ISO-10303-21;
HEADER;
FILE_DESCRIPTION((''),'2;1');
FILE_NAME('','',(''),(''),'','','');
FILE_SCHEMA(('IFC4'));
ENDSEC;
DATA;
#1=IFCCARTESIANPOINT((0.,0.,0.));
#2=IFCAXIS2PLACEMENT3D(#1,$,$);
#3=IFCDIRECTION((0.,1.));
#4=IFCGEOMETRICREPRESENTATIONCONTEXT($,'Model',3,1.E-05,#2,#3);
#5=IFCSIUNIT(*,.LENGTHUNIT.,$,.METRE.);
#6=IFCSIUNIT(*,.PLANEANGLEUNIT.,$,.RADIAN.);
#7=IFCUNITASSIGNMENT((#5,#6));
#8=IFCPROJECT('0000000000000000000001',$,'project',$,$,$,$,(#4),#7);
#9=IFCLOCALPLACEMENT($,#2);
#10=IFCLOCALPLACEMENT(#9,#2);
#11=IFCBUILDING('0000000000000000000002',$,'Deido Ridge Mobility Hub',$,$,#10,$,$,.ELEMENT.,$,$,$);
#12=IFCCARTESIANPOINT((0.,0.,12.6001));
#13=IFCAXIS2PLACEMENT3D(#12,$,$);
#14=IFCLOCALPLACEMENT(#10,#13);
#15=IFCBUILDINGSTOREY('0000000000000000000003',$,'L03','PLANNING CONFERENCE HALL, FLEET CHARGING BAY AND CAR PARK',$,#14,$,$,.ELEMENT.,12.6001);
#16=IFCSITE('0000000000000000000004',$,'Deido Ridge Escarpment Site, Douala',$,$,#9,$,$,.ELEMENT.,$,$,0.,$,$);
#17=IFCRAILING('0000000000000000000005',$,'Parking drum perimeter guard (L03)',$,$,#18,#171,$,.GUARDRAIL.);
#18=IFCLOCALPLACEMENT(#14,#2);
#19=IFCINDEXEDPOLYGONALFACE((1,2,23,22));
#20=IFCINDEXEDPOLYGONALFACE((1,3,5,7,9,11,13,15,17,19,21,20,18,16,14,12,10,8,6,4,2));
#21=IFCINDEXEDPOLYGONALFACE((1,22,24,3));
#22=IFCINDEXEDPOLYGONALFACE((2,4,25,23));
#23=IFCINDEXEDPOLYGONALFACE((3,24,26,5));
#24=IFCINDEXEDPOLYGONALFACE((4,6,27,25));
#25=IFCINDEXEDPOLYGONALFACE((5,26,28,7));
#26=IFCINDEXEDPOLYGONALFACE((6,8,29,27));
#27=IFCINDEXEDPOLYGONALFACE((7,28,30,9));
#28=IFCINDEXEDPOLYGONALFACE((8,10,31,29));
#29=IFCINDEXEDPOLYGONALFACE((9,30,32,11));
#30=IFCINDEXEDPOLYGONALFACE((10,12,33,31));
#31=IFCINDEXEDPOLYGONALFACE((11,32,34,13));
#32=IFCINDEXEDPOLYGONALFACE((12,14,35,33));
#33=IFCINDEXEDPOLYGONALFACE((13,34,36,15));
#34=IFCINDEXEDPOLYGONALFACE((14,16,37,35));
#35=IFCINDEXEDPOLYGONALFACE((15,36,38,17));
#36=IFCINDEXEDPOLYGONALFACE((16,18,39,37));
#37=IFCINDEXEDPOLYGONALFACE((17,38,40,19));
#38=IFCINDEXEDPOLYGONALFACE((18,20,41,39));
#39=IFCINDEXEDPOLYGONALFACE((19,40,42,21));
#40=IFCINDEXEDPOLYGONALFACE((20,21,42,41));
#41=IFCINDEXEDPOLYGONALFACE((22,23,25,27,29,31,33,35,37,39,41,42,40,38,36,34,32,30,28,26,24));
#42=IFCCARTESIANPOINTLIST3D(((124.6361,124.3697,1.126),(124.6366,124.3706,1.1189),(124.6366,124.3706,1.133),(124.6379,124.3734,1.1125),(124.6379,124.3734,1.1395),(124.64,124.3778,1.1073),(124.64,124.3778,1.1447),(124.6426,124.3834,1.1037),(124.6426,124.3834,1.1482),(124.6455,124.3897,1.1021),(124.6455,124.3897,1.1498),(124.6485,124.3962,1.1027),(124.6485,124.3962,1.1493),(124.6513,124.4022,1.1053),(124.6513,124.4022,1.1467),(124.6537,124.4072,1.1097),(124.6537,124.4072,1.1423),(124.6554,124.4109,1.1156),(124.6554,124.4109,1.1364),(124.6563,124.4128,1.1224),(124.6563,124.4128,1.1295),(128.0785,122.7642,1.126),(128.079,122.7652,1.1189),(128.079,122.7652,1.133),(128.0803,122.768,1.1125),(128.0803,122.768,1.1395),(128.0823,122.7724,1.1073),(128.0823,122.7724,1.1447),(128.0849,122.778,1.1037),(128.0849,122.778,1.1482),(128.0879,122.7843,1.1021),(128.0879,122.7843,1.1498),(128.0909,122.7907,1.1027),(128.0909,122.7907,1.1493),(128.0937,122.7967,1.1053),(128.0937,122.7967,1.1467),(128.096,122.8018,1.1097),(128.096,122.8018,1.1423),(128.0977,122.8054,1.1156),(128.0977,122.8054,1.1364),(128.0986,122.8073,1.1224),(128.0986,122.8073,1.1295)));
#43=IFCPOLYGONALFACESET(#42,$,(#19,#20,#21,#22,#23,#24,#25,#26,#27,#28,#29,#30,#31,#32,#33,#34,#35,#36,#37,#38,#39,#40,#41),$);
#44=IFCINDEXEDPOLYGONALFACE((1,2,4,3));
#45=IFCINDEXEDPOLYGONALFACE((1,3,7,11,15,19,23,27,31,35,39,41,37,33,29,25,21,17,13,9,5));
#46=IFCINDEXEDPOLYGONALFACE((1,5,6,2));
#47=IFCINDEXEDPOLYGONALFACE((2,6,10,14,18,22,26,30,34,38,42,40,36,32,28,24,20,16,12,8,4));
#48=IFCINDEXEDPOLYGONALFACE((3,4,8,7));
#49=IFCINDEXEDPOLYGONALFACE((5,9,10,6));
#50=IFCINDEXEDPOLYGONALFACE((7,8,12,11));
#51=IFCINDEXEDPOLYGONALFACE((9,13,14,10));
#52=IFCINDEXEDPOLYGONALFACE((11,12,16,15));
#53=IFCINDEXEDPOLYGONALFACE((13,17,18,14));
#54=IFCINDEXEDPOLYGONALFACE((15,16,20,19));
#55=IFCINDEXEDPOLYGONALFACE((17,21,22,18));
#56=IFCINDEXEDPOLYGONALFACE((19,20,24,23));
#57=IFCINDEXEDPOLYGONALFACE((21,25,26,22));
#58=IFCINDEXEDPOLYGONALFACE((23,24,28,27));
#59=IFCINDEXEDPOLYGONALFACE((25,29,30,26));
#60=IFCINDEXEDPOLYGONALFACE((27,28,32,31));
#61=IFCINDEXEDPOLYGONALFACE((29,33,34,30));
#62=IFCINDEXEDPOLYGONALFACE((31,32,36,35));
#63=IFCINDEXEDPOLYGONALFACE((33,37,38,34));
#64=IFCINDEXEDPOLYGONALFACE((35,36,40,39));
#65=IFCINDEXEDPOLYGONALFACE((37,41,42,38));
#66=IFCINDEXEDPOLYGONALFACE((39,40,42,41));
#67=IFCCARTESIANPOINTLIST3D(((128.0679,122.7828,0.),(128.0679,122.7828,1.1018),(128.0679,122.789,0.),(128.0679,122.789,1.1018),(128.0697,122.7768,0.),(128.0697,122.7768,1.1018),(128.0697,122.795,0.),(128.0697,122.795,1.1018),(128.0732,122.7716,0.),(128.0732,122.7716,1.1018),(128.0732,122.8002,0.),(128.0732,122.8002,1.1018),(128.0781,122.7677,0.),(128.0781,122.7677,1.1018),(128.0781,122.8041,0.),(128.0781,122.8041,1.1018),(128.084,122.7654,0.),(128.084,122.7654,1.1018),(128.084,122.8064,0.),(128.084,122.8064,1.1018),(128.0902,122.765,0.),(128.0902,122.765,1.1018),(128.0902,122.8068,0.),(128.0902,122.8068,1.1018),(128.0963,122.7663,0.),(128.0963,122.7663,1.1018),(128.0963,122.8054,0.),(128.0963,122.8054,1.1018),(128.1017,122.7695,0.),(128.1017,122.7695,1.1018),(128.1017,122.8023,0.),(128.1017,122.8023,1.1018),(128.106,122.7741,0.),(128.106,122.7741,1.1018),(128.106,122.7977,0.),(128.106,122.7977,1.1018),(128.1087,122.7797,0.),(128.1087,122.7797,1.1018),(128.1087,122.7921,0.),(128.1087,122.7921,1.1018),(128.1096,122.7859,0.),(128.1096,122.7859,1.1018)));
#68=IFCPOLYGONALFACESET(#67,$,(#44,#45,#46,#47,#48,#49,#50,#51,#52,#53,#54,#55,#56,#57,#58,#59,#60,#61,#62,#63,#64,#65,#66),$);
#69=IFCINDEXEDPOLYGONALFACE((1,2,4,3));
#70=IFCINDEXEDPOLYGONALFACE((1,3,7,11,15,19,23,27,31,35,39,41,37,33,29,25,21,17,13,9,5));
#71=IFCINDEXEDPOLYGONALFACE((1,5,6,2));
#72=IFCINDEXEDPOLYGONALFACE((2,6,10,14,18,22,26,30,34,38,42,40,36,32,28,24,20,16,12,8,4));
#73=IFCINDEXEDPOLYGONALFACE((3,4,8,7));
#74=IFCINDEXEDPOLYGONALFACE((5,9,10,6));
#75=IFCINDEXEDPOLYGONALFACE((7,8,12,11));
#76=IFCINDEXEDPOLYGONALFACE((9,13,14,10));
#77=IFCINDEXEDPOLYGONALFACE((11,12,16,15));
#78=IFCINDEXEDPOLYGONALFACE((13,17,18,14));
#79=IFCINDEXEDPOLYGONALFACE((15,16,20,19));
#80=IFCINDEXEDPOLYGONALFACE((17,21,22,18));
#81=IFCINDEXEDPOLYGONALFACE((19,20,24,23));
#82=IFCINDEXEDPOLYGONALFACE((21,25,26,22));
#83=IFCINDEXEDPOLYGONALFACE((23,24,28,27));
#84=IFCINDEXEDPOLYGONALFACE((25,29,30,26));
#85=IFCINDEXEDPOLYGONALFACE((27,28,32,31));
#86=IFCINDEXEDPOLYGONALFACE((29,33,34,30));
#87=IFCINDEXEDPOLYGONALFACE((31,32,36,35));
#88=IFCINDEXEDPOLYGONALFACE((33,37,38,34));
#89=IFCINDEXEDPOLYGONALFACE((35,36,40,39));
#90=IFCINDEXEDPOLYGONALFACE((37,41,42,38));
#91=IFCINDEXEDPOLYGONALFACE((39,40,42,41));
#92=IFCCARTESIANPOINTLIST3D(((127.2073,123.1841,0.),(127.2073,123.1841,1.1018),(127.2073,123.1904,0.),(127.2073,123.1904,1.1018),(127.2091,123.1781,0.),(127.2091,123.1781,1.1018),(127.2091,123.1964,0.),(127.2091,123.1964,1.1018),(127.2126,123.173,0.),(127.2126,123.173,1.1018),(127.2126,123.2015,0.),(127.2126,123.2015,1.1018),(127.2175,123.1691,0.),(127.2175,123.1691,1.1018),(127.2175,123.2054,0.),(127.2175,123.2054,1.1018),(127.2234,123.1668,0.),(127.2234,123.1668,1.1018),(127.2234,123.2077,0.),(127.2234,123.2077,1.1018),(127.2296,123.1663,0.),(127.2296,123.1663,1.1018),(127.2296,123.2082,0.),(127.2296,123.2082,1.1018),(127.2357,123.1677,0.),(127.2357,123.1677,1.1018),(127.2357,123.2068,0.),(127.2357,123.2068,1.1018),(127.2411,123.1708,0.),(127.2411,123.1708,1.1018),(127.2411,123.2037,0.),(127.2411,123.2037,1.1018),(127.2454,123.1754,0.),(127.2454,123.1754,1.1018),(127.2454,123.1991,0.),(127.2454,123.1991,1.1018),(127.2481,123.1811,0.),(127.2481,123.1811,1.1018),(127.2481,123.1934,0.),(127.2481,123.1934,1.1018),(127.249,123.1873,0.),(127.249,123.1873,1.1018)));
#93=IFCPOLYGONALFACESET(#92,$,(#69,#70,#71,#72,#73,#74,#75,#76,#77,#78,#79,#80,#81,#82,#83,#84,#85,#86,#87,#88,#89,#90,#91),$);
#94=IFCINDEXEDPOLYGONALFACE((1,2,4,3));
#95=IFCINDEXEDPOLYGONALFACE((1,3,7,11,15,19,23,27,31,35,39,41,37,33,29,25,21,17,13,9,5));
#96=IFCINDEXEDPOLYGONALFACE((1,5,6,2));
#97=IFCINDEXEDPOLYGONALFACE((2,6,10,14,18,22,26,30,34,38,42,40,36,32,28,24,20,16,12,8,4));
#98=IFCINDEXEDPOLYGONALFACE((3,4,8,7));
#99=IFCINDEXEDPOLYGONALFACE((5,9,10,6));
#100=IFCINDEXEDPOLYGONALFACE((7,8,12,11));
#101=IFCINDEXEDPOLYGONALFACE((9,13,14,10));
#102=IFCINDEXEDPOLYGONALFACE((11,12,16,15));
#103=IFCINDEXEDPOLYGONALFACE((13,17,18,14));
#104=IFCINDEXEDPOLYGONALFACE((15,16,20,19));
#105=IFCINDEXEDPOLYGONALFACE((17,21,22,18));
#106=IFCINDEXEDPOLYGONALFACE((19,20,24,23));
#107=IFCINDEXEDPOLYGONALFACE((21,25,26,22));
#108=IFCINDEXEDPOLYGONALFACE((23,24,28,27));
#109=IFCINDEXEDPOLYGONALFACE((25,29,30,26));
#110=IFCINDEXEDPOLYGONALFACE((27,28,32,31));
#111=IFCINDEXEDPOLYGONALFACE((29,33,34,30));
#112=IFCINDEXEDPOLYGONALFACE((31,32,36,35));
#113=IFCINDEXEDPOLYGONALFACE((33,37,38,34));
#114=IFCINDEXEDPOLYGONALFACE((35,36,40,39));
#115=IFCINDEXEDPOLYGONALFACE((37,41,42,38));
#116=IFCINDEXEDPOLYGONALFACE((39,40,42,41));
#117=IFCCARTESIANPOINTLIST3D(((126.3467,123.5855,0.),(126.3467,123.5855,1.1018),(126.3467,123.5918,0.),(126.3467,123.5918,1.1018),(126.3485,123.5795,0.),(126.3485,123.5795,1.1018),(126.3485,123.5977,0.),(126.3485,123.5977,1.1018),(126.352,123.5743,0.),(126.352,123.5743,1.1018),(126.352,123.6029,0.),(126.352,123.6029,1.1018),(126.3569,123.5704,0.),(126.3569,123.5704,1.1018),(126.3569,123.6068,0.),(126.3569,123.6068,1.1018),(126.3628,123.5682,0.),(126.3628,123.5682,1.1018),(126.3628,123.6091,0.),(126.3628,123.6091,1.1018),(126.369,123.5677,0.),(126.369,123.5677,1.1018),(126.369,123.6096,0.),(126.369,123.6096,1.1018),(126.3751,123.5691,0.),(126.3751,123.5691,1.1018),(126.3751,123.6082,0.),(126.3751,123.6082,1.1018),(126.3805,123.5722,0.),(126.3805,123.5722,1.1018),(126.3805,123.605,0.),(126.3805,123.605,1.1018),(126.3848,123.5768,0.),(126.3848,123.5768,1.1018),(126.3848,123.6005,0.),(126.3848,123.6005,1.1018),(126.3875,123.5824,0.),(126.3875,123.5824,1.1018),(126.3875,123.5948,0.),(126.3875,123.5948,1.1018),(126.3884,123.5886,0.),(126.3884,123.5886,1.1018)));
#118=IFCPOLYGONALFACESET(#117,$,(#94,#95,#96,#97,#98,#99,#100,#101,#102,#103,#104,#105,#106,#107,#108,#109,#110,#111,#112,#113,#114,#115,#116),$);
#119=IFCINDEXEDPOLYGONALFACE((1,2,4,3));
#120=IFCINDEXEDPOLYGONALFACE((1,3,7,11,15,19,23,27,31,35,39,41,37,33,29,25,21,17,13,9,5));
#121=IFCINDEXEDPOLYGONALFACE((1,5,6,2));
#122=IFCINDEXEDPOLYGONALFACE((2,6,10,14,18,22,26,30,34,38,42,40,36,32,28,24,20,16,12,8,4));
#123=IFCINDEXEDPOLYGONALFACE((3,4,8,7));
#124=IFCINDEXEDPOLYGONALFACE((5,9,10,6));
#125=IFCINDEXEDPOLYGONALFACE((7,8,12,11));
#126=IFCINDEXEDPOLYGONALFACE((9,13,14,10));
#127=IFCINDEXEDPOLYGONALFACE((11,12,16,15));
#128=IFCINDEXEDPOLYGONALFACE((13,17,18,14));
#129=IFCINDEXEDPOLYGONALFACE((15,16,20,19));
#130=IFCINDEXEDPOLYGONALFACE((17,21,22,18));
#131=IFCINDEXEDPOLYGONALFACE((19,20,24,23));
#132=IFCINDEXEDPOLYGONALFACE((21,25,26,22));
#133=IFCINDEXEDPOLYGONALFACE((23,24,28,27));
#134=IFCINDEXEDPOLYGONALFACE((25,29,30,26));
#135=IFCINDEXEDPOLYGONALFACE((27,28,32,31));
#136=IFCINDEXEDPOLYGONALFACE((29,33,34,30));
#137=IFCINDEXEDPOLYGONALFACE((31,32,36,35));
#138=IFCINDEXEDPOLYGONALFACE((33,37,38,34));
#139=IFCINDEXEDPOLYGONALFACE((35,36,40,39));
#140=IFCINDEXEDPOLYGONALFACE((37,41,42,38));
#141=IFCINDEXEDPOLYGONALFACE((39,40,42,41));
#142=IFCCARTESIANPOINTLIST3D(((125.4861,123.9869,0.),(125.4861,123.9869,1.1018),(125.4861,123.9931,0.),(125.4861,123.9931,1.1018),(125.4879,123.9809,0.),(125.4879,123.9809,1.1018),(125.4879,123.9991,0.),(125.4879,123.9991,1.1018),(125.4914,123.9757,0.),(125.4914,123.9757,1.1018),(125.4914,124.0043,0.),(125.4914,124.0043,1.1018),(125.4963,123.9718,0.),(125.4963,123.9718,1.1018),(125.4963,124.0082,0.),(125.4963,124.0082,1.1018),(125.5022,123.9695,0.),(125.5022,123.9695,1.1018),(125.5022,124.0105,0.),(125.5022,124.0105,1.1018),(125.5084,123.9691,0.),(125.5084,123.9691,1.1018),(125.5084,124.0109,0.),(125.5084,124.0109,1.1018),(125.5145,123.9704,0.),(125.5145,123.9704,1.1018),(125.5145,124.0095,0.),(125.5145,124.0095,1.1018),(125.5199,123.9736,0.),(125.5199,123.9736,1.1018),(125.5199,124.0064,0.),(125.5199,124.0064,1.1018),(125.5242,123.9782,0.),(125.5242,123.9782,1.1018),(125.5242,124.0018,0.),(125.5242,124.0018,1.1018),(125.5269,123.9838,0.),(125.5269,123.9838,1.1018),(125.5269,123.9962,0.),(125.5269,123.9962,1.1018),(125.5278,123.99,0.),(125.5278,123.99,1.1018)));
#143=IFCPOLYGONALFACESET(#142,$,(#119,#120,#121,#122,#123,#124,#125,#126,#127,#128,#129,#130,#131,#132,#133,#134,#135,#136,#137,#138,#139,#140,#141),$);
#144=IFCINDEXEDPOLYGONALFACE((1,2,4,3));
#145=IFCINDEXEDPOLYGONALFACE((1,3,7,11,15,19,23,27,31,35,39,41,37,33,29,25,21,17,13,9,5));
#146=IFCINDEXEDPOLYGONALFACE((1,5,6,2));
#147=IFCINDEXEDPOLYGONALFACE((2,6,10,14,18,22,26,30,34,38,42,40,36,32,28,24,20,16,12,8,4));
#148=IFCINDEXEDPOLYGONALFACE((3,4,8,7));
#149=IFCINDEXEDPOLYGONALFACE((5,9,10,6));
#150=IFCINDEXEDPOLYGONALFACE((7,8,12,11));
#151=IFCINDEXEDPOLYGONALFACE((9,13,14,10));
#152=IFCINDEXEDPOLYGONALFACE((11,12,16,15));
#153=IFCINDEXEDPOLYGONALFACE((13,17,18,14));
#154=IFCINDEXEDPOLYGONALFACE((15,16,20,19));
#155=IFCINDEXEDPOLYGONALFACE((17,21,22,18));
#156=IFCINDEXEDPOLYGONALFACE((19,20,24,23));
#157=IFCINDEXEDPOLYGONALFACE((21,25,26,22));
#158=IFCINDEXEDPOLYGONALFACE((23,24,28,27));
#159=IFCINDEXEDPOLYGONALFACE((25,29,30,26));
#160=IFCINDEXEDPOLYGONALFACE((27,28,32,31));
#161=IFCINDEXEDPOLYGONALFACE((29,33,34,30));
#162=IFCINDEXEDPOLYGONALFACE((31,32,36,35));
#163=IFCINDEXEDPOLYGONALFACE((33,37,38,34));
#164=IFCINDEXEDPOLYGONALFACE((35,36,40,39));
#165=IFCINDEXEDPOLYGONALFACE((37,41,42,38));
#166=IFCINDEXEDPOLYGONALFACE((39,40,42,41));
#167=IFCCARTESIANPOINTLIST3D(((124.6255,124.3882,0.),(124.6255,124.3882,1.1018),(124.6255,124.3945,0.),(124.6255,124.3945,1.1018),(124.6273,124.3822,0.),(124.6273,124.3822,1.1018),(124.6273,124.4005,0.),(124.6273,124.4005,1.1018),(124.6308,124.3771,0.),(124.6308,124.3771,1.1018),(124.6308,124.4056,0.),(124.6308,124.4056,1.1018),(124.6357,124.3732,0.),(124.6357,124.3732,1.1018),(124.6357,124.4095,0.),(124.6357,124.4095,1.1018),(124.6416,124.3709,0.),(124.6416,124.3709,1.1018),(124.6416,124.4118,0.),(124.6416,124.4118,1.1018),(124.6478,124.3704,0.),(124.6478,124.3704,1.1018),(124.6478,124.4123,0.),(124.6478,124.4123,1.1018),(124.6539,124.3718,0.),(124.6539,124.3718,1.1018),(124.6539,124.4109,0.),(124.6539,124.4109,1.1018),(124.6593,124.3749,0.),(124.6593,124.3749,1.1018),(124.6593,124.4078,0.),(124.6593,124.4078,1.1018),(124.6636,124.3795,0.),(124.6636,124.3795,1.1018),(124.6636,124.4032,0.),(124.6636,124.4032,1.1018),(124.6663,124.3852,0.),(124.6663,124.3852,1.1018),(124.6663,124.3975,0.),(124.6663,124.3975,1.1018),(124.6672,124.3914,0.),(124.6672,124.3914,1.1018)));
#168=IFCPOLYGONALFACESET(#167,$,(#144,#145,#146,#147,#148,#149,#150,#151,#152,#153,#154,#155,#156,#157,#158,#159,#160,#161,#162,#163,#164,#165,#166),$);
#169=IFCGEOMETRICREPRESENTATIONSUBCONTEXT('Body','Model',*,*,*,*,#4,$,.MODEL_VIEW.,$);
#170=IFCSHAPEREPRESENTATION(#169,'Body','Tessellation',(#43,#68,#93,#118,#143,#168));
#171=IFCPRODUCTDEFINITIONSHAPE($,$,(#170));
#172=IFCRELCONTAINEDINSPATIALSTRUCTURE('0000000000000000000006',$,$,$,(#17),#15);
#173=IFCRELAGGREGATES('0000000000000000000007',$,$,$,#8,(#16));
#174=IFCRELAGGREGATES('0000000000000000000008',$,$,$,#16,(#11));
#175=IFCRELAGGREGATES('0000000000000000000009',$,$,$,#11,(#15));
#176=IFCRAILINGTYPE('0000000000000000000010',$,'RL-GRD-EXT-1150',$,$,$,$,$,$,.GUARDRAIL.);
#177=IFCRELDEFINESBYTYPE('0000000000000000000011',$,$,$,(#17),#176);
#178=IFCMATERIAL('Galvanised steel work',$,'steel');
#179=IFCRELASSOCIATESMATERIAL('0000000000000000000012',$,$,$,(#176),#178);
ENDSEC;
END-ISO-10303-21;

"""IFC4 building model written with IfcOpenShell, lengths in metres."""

from ifc_helpers import new_model, si_unit, direction, frame, origin, origin_2d, place, context, subcontext, project, spatial, circle, extrude, material, type_object, element, save


model = new_model("IFC4")

# Units and contexts
model_context = context("Model", 3, precision=1e-05, world=origin(), true_north=direction((0.0, 1.0)))
body_context = subcontext(model_context, "Body", "Model", "MODEL_VIEW")
ifc_project = project(units=[si_unit("LENGTHUNIT", "METRE"), si_unit("PLANEANGLEUNIT", "RADIAN")], contexts=[model_context])

# Site, building, storey
site_placement = place(None, origin())
site = spatial("IfcSite", under=ifc_project, at=site_placement, Name="Deido Ridge Escarpment Site, Douala", CompositionType="ELEMENT", RefElevation=0.0)
building_placement = place(site_placement, origin())
building = spatial("IfcBuilding", under=site, at=building_placement, Name="Deido Ridge Mobility Hub", CompositionType="ELEMENT")
storey_placement = place(building_placement, frame((0.0, 0.0, 12.6001)))
storey = spatial("IfcBuildingStorey", under=building, at=storey_placement, Name="L03", Description="PLANNING CONFERENCE HALL, FLEET CHARGING BAY AND CAR PARK", CompositionType="ELEMENT", Elevation=12.6001)

# Railing
ifc_material_1 = material(Name="Galvanised steel work", Category="steel")
railing_type = type_object("IfcRailingType", Name="RL-GRD-EXT-1150", PredefinedType="GUARDRAIL", material=ifc_material_1)
railing_1_placement = place(storey_placement, frame((128.0886, 122.7859, 0.0)))
element("IfcRailing", 1, at=railing_1_placement, inside=storey, type_object=railing_type, Name="Parking drum perimeter guard (L03)", PredefinedType="GUARDRAIL", context=body_context, shape_type="SweptSolid", body=[
    extrude(circle(Radius=0.0239, at=origin_2d()), frame((0.0, 0.0, 1.126), z_axis=(-0.906282, 0.422674, 0.0), x_axis=(-0.422674, -0.906282, 0.0)), (0.0, 0.0, 1.0), 3.7983),
    extrude(circle(Radius=0.021, at=origin_2d()), origin(), (0.0, 0.0, 1.0), 1.1018),
    extrude(circle(Radius=0.021, at=origin_2d()), frame((-0.8606, 0.4014, 0.0)), (0.0, 0.0, 1.0), 1.1018),
    extrude(circle(Radius=0.021, at=origin_2d()), frame((-1.7212, 0.8027, 0.0)), (0.0, 0.0, 1.0), 1.1018),
    extrude(circle(Radius=0.021, at=origin_2d()), frame((-2.5818, 1.2041, 0.0)), (0.0, 0.0, 1.0), 1.1018),
    extrude(circle(Radius=0.021, at=origin_2d()), frame((-3.4424, 1.6055, 0.0)), (0.0, 0.0, 1.0), 1.1018),
])

save(model, "model.ifc")
